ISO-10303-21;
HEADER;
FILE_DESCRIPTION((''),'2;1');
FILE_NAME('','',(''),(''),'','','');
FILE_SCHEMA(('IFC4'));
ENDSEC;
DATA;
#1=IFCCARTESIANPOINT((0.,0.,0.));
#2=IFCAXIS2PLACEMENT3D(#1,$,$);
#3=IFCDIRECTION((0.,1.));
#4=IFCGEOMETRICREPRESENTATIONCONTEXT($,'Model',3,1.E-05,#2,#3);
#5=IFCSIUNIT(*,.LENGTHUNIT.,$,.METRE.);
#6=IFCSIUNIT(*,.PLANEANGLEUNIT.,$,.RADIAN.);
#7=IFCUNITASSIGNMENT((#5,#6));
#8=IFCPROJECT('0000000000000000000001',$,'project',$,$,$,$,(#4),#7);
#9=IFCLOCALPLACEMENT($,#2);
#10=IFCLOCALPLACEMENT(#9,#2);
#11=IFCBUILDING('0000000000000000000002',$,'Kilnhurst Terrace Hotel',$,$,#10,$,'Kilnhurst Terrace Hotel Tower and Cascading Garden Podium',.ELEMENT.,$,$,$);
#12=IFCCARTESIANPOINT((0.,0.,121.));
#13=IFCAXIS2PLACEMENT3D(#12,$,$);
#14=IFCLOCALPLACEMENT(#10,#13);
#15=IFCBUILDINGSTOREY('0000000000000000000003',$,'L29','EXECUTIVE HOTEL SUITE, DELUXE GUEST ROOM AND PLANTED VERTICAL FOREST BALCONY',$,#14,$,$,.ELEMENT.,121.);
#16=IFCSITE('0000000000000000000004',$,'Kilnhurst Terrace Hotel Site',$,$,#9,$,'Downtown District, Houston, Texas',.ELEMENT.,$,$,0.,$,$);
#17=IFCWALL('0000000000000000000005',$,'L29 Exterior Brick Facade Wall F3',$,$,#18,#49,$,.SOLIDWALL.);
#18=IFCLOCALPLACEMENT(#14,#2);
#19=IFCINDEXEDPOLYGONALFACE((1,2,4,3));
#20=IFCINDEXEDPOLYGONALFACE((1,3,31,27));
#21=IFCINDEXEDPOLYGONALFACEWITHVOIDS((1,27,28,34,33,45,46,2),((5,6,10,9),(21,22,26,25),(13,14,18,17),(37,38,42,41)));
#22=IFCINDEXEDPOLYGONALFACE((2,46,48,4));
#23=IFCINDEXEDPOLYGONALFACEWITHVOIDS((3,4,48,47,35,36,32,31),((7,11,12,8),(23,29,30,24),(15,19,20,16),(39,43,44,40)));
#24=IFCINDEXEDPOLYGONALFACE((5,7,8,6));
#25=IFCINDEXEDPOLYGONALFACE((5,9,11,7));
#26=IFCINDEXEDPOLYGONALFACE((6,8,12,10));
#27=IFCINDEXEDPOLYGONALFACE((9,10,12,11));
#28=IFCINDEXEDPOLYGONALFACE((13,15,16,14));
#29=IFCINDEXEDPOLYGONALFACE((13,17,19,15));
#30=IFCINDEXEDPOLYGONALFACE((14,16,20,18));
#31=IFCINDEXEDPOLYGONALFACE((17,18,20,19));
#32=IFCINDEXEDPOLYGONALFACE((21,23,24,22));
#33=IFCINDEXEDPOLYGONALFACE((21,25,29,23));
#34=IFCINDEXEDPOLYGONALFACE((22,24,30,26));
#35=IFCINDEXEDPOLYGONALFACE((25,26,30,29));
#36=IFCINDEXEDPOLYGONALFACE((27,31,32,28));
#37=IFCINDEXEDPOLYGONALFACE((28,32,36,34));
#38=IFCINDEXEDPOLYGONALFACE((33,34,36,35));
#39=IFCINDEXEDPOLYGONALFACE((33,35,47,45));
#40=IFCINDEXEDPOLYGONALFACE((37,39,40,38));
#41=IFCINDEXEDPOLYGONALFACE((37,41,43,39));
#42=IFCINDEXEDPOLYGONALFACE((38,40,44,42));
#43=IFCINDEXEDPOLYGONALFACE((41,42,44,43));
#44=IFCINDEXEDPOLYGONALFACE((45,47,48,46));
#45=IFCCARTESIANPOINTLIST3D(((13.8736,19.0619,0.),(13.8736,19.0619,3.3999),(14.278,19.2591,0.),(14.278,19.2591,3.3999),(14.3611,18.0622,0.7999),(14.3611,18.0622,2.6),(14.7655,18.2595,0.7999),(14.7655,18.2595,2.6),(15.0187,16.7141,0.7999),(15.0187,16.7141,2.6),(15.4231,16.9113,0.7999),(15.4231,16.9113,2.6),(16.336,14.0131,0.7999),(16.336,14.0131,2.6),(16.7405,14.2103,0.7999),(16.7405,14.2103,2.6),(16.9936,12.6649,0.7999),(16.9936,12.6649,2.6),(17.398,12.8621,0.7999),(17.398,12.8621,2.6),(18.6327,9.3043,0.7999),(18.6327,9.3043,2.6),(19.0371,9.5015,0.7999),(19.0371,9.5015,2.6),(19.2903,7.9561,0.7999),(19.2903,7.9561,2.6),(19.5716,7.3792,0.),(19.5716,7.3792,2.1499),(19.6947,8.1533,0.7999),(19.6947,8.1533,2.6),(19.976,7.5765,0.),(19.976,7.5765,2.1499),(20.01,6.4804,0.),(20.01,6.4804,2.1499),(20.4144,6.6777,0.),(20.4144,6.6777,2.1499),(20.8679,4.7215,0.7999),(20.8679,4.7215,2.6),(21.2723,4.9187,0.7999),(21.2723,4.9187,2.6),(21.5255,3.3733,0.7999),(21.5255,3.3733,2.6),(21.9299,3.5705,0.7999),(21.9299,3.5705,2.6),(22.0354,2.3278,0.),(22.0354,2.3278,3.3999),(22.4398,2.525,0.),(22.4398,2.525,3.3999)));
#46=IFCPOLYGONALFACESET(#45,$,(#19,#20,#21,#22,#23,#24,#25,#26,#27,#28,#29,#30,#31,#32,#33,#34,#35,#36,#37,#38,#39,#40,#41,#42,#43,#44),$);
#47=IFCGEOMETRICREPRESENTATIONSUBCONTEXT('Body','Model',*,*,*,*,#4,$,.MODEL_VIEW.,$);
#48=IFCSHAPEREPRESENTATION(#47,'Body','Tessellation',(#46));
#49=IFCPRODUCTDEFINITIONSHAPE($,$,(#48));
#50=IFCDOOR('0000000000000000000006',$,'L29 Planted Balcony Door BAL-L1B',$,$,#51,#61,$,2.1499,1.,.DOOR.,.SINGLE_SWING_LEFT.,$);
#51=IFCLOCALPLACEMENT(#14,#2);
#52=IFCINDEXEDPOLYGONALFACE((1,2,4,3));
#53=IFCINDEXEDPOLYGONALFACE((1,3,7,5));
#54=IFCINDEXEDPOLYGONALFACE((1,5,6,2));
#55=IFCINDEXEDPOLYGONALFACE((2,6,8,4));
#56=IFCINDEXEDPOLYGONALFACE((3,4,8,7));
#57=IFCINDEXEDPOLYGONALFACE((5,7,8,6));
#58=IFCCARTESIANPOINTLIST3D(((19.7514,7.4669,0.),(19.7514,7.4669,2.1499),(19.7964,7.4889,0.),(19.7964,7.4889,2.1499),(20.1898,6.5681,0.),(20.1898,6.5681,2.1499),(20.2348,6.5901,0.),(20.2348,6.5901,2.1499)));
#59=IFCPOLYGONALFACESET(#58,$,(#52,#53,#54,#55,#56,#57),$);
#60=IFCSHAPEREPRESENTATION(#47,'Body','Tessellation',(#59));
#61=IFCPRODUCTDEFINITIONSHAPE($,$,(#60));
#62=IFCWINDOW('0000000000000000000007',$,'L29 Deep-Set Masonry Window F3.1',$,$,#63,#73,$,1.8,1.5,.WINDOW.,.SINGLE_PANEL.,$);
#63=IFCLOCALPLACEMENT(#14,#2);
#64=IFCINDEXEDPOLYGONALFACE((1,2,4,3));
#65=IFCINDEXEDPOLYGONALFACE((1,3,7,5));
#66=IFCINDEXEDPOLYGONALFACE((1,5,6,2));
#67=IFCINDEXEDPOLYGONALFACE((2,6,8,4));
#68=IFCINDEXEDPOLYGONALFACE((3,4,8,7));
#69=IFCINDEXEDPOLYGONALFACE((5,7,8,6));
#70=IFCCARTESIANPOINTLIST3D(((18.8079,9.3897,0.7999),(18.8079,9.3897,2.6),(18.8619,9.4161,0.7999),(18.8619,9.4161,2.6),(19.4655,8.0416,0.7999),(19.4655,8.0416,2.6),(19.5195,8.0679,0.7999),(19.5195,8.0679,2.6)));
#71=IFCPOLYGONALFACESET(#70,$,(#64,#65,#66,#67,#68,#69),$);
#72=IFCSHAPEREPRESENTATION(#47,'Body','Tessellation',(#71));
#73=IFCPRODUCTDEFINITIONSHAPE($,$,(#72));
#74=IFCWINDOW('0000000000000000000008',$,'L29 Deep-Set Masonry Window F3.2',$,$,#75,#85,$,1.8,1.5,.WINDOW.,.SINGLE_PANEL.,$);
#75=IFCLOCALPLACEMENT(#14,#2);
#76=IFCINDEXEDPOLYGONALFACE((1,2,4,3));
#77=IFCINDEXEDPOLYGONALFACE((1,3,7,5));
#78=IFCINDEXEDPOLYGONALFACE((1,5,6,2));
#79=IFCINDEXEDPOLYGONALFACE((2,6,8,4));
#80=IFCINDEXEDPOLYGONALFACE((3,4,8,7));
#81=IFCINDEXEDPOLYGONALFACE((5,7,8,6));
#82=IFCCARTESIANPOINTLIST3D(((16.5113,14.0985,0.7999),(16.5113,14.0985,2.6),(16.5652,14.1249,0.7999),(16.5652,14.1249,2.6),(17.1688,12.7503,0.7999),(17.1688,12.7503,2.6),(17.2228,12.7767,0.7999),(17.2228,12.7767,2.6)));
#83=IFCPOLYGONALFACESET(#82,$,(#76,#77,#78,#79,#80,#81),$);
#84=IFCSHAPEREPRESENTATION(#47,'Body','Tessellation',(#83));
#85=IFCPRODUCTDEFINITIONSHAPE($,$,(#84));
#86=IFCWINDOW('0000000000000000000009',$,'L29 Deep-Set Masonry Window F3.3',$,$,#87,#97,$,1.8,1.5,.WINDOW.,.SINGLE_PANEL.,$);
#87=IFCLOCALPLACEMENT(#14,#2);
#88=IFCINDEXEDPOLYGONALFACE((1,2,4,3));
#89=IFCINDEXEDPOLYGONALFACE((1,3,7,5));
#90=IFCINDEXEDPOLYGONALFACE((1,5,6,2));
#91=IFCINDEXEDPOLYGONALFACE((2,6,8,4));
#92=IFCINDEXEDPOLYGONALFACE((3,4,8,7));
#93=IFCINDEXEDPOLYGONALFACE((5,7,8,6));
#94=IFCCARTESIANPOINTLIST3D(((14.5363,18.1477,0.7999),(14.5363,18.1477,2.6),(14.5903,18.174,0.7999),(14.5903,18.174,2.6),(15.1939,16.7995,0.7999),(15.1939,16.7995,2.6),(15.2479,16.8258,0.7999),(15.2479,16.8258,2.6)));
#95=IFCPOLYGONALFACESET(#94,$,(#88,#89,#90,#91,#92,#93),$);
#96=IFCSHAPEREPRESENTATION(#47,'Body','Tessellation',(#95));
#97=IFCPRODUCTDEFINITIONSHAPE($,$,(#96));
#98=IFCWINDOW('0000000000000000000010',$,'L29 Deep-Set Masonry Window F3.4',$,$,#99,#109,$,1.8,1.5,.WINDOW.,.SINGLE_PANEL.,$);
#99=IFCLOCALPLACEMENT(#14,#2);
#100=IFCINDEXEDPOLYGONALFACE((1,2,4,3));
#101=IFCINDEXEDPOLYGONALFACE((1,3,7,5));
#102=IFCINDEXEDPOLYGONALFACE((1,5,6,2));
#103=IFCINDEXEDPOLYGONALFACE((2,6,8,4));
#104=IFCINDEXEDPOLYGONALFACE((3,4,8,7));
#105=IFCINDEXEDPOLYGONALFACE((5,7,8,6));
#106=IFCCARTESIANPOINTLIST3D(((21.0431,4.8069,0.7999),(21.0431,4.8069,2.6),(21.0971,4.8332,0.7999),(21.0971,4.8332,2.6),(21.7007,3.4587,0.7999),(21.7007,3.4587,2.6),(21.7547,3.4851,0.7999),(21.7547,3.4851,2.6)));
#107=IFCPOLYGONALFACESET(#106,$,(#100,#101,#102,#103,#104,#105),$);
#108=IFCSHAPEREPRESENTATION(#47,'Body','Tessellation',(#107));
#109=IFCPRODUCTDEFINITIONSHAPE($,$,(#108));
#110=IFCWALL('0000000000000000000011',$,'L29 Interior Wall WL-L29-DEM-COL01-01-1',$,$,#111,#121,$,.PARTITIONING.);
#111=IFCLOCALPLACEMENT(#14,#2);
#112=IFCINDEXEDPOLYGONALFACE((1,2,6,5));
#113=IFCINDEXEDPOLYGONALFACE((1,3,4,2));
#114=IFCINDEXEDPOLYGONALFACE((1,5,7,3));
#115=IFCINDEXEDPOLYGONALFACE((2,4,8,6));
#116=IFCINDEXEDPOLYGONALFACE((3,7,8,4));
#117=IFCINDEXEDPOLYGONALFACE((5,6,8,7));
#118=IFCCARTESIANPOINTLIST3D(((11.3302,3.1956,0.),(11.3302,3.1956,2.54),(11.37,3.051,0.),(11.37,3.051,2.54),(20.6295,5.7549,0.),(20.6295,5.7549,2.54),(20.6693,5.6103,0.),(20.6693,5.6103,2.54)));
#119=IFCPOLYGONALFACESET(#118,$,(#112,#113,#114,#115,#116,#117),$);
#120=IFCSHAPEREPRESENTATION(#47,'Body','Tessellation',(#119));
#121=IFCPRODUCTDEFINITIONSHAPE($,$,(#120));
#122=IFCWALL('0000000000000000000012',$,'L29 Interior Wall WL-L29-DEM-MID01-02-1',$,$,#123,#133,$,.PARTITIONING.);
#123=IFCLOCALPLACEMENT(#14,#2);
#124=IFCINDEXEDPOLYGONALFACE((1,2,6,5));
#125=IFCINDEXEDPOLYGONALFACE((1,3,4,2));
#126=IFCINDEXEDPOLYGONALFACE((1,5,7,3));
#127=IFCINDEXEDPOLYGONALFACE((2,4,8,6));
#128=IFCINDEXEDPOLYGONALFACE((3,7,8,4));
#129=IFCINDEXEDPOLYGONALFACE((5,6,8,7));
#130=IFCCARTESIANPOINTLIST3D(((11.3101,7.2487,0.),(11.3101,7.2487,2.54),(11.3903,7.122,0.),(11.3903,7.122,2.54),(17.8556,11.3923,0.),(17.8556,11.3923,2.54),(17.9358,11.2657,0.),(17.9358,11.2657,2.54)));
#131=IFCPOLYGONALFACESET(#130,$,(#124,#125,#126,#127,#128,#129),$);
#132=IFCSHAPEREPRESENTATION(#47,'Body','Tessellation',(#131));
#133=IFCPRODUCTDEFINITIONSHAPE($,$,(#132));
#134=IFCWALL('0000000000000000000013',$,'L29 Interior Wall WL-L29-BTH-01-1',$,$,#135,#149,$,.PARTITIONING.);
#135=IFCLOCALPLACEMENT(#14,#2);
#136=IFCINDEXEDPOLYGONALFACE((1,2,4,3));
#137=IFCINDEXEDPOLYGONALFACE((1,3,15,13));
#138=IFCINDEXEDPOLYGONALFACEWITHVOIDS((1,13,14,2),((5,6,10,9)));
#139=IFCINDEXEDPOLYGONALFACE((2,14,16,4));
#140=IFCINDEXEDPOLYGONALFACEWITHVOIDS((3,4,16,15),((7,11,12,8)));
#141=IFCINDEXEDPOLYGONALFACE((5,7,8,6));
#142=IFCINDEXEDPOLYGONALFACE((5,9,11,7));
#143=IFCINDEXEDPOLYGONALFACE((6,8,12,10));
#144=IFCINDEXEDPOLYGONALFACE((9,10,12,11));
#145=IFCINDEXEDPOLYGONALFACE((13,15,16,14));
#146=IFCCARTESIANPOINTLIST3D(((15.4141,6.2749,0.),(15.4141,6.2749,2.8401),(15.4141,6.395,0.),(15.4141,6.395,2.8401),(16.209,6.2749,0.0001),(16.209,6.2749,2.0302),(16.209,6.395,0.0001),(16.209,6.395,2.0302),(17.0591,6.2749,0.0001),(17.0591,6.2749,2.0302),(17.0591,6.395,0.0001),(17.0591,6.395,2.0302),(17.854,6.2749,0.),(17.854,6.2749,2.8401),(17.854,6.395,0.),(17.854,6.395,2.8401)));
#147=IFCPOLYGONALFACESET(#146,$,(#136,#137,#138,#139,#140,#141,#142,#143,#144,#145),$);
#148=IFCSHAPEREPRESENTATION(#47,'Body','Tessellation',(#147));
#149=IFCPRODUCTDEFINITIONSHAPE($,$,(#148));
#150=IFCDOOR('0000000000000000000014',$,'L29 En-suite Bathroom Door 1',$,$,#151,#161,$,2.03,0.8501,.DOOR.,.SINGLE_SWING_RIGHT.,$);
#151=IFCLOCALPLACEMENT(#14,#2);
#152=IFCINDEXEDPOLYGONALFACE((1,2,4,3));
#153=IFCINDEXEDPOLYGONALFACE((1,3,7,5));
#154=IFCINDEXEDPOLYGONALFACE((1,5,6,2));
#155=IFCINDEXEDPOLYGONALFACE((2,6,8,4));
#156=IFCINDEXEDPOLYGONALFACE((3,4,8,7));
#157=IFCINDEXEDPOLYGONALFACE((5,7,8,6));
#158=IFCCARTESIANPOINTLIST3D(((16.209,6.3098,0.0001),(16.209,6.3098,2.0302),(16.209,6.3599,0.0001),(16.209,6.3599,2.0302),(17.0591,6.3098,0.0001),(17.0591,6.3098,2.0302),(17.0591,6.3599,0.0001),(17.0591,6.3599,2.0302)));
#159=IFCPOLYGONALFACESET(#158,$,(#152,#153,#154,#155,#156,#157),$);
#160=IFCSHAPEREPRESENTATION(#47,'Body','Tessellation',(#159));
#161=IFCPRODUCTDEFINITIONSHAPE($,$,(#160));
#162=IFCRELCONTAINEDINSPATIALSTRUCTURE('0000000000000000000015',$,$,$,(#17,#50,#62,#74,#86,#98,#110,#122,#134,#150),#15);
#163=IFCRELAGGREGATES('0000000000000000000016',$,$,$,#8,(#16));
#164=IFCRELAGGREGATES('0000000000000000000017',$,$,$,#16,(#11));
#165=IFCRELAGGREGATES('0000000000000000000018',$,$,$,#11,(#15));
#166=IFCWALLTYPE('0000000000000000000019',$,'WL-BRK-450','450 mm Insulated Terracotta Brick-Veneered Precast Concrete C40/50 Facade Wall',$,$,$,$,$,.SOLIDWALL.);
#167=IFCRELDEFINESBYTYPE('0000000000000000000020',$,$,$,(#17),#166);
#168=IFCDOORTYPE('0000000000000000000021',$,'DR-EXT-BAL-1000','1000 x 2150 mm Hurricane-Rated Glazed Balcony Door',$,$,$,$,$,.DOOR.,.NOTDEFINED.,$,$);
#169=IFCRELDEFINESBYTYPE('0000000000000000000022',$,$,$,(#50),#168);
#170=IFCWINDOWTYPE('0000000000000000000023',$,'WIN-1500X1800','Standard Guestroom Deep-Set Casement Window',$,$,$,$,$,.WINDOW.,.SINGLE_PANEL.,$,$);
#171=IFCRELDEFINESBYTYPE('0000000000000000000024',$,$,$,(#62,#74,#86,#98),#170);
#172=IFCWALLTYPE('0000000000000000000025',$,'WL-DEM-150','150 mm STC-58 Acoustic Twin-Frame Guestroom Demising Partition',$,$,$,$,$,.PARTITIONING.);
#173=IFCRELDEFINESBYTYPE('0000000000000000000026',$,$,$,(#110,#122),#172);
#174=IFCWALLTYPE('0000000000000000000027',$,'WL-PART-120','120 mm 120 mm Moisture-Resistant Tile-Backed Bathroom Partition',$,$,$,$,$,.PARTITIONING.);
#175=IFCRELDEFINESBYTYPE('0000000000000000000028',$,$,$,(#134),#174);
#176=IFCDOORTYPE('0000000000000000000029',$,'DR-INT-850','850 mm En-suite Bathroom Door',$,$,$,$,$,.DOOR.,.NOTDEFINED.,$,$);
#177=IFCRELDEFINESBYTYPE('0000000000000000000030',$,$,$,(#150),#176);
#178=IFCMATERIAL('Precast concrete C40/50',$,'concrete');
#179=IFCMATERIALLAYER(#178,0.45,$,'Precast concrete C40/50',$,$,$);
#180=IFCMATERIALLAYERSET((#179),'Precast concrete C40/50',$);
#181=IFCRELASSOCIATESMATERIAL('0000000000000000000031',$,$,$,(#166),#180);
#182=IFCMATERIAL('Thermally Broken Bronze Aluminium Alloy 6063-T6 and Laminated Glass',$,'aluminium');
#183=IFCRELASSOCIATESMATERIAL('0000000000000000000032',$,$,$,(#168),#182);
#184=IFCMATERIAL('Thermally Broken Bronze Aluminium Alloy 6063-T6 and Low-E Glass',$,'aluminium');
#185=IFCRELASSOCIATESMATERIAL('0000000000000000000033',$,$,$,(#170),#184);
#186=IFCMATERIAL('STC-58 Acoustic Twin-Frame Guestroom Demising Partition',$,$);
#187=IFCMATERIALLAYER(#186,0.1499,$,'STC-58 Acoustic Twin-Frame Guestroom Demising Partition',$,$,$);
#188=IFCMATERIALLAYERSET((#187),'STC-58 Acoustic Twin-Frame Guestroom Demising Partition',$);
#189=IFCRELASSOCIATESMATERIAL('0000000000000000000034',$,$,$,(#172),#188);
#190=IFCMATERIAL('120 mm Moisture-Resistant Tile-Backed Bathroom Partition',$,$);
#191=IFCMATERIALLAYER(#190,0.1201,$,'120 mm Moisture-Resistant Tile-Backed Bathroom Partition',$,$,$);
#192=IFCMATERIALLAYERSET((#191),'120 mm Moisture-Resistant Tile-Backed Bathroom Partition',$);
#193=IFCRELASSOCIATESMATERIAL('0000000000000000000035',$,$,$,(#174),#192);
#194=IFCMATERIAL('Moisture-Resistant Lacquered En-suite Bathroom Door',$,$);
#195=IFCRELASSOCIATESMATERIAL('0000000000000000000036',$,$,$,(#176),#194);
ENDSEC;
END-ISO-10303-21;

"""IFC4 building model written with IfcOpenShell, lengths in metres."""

from ifc_helpers import new_model, si_unit, direction, frame, frame_2d, origin, place, context, subcontext, project, spatial, rectangle, extrude, material, layer, layer_set, type_object, element, fill, save


model = new_model("IFC4")

# Units and contexts
model_context = context("Model", 3, precision=1e-05, world=origin(), true_north=direction((0.0, 1.0)))
body_context = subcontext(model_context, "Body", "Model", "MODEL_VIEW")
ifc_project = project(units=[si_unit("LENGTHUNIT", "METRE"), si_unit("PLANEANGLEUNIT", "RADIAN")], contexts=[model_context])

# Site, building, storey
site_placement = place(None, origin())
site = spatial("IfcSite", under=ifc_project, at=site_placement, Name="Kilnhurst Terrace Hotel Site", LongName="Downtown District, Houston, Texas", CompositionType="ELEMENT", RefElevation=0.0)
building_placement = place(site_placement, origin())
building = spatial("IfcBuilding", under=site, at=building_placement, Name="Kilnhurst Terrace Hotel", LongName="Kilnhurst Terrace Hotel Tower and Cascading Garden Podium", CompositionType="ELEMENT")
storey_placement = place(building_placement, frame((0.0, 0.0, 121.0)))
storey = spatial("IfcBuildingStorey", under=building, at=storey_placement, Name="L29", Description="EXECUTIVE HOTEL SUITE, DELUXE GUEST ROOM AND PLANTED VERTICAL FOREST BALCONY", CompositionType="ELEMENT", Elevation=121.0)

# Shared definitions
ifc_material_1 = material(Name="Precast concrete C40/50", Category="concrete")
ifc_layer_1 = layer(ifc_material_1, 0.45, Name="Precast concrete C40/50")
ifc_layer_set_1 = layer_set([ifc_layer_1], Name="Precast concrete C40/50")
wall_type_1 = type_object("IfcWallType", Name="WL-BRK-450", Description="450 mm Insulated Terracotta Brick-Veneered Precast Concrete C40/50 Facade Wall", PredefinedType="SOLIDWALL", material=ifc_layer_set_1)

# Wall, openings, door, windows
wall_1_placement = place(storey_placement, frame((22.2375, 2.4265, 0.0), z_axis=(0.0, 0.0, 1.0), x_axis=(-0.438375, 0.898792, 0.0)))
wall_1 = element("IfcWall", 1, at=wall_1_placement, inside=storey, type_object=wall_type_1, Name="L29 Exterior Brick Facade Wall F3", PredefinedType="SOLIDWALL", context=body_context, shape_type="SweptSolid", body=[
    extrude(rectangle(XDim=18.6184, YDim=0.45, at=frame_2d((9.3091, 0.0))), origin(), (0.0, 0.0, 1.0), 3.3999),
])
opening_1_placement = place(wall_1_placement, frame((4.6201, 0.0, 0.0)))
opening_1 = element("IfcOpeningElement", 2, at=opening_1_placement, cuts=wall_1, PredefinedType="OPENING", context=body_context, shape_type="SweptSolid", body=[
    extrude(rectangle(XDim=1.0, YDim=2.1499, at=frame_2d((0.5, 1.075))), frame((0.0, 0.2349, 0.0), z_axis=(0.0, -1.0, 0.0), x_axis=(1.0, 0.0, 0.0)), (0.0, 0.0, 1.0), 0.47),
])
opening_2_placement = place(wall_1_placement, frame((6.262, 0.0, 0.8)))
opening_2 = element("IfcOpeningElement", 3, at=opening_2_placement, cuts=wall_1, PredefinedType="OPENING", context=body_context, shape_type="SweptSolid", body=[
    extrude(rectangle(XDim=1.5, YDim=1.8, at=frame_2d((0.75, 0.8999))), frame((0.0, 0.2349, 0.0), z_axis=(0.0, -1.0, 0.0), x_axis=(1.0, 0.0, 0.0)), (0.0, 0.0, 1.0), 0.47),
])
opening_3_placement = place(wall_1_placement, frame((11.501, 0.0, 0.8)))
opening_3 = element("IfcOpeningElement", 4, at=opening_3_placement, cuts=wall_1, PredefinedType="OPENING", context=body_context, shape_type="SweptSolid", body=[
    extrude(rectangle(XDim=1.5, YDim=1.8, at=frame_2d((0.75, 0.8999))), frame((0.0, 0.2349, 0.0), z_axis=(0.0, -1.0, 0.0), x_axis=(1.0, 0.0, 0.0)), (0.0, 0.0, 1.0), 0.47),
])
opening_4_placement = place(wall_1_placement, frame((16.0061, 0.0, 0.8)))
opening_4 = element("IfcOpeningElement", 5, at=opening_4_placement, cuts=wall_1, PredefinedType="OPENING", context=body_context, shape_type="SweptSolid", body=[
    extrude(rectangle(XDim=1.5, YDim=1.8, at=frame_2d((0.75, 0.8999))), frame((0.0, 0.2349, 0.0), z_axis=(0.0, -1.0, 0.0), x_axis=(1.0, 0.0, 0.0)), (0.0, 0.0, 1.0), 0.47),
])
opening_5_placement = place(wall_1_placement, frame((1.1631, 0.0, 0.8)))
opening_5 = element("IfcOpeningElement", 6, at=opening_5_placement, cuts=wall_1, PredefinedType="OPENING", context=body_context, shape_type="SweptSolid", body=[
    extrude(rectangle(XDim=1.5, YDim=1.8, at=frame_2d((0.75, 0.8999))), frame((0.0, 0.2349, 0.0), z_axis=(0.0, -1.0, 0.0), x_axis=(1.0, 0.0, 0.0)), (0.0, 0.0, 1.0), 0.47),
])
ifc_material_2 = material(Name="Thermally Broken Bronze Aluminium Alloy 6063-T6 and Laminated Glass", Category="aluminium")
door_type_1 = type_object("IfcDoorType", Name="DR-EXT-BAL-1000", Description="1000 x 2150 mm Hurricane-Rated Glazed Balcony Door", OperationType="NOTDEFINED", PredefinedType="DOOR", material=ifc_material_2)
door_1_placement = place(opening_1_placement, origin())
door_1 = element("IfcDoor", 7, at=door_1_placement, inside=storey, type_object=door_type_1, Name="L29 Planted Balcony Door BAL-L1B", OperationType="SINGLE_SWING_LEFT", OverallHeight=2.1499, OverallWidth=1.0, PredefinedType="DOOR", context=body_context, shape_type="SweptSolid", body=[
    extrude(rectangle(XDim=1.0, YDim=2.1499, at=frame_2d((0.5, 1.075))), frame((0.0, 0.0249, 0.0), z_axis=(0.0, -1.0, 0.0), x_axis=(1.0, 0.0, 0.0)), (0.0, 0.0, 1.0), 0.05),
])
fill(opening_1, door_1)
ifc_material_3 = material(Name="Thermally Broken Bronze Aluminium Alloy 6063-T6 and Low-E Glass", Category="aluminium")
window_type = type_object("IfcWindowType", Name="WIN-1500X1800", Description="Standard Guestroom Deep-Set Casement Window", PartitioningType="SINGLE_PANEL", PredefinedType="WINDOW", material=ifc_material_3)
window_1_placement = place(opening_2_placement, origin())
window_1 = element("IfcWindow", 8, at=window_1_placement, inside=storey, type_object=window_type, Name="L29 Deep-Set Masonry Window F3.1", OverallHeight=1.8, OverallWidth=1.5, PartitioningType="SINGLE_PANEL", PredefinedType="WINDOW", context=body_context, shape_type="SweptSolid", body=[
    extrude(rectangle(XDim=1.5, YDim=1.8, at=frame_2d((0.75, 0.8999))), frame((0.0, 0.03, 0.0), z_axis=(0.0, -1.0, 0.0), x_axis=(1.0, 0.0, 0.0)), (0.0, 0.0, 1.0), 0.0601),
])
fill(opening_2, window_1)
window_2_placement = place(opening_3_placement, origin())
window_2 = element("IfcWindow", 9, at=window_2_placement, inside=storey, type_object=window_type, Name="L29 Deep-Set Masonry Window F3.2", OverallHeight=1.8, OverallWidth=1.5, PartitioningType="SINGLE_PANEL", PredefinedType="WINDOW", context=body_context, shape_type="SweptSolid", body=[
    extrude(rectangle(XDim=1.5, YDim=1.8, at=frame_2d((0.75, 0.8999))), frame((0.0, 0.03, 0.0), z_axis=(0.0, -1.0, 0.0), x_axis=(1.0, 0.0, 0.0)), (0.0, 0.0, 1.0), 0.0601),
])
fill(opening_3, window_2)
window_3_placement = place(opening_4_placement, origin())
window_3 = element("IfcWindow", 10, at=window_3_placement, inside=storey, type_object=window_type, Name="L29 Deep-Set Masonry Window F3.3", OverallHeight=1.8, OverallWidth=1.5, PartitioningType="SINGLE_PANEL", PredefinedType="WINDOW", context=body_context, shape_type="SweptSolid", body=[
    extrude(rectangle(XDim=1.5, YDim=1.8, at=frame_2d((0.75, 0.8999))), frame((0.0, 0.03, 0.0), z_axis=(0.0, -1.0, 0.0), x_axis=(1.0, 0.0, 0.0)), (0.0, 0.0, 1.0), 0.0601),
])
fill(opening_4, window_3)
window_4_placement = place(opening_5_placement, origin())
window_4 = element("IfcWindow", 11, at=window_4_placement, inside=storey, type_object=window_type, Name="L29 Deep-Set Masonry Window F3.4", OverallHeight=1.8, OverallWidth=1.5, PartitioningType="SINGLE_PANEL", PredefinedType="WINDOW", context=body_context, shape_type="SweptSolid", body=[
    extrude(rectangle(XDim=1.5, YDim=1.8, at=frame_2d((0.75, 0.8999))), frame((0.0, 0.03, 0.0), z_axis=(0.0, -1.0, 0.0), x_axis=(1.0, 0.0, 0.0)), (0.0, 0.0, 1.0), 0.0601),
])
fill(opening_5, window_4)

# Walls
ifc_material_4 = material(Name="STC-58 Acoustic Twin-Frame Guestroom Demising Partition")
ifc_layer_2 = layer(ifc_material_4, 0.1499, Name="STC-58 Acoustic Twin-Frame Guestroom Demising Partition")
ifc_layer_set_2 = layer_set([ifc_layer_2], Name="STC-58 Acoustic Twin-Frame Guestroom Demising Partition")
wall_type_2 = type_object("IfcWallType", Name="WL-DEM-150", Description="150 mm STC-58 Acoustic Twin-Frame Guestroom Demising Partition", PredefinedType="PARTITIONING", material=ifc_layer_set_2)
wall_2_placement = place(storey_placement, frame((11.3501, 3.1233, 0.0), z_axis=(0.0, 0.0, 1.0), x_axis=(0.964152, 0.265351, 0.0)))
element("IfcWall", 12, at=wall_2_placement, inside=storey, type_object=wall_type_2, Name="L29 Interior Wall WL-L29-DEM-COL01-01-1", PredefinedType="PARTITIONING", context=body_context, shape_type="SweptSolid", body=[
    extrude(rectangle(XDim=9.645, YDim=0.1499, at=frame_2d((4.8225, 0.0))), origin(), (0.0, 0.0, 1.0), 2.54),
])
wall_3_placement = place(storey_placement, frame((11.3501, 7.1853, 0.0), z_axis=(0.0, 0.0, 1.0), x_axis=(0.844928, 0.53488, 0.0)))
element("IfcWall", 13, at=wall_3_placement, inside=storey, type_object=wall_type_2, Name="L29 Interior Wall WL-L29-DEM-MID01-02-1", PredefinedType="PARTITIONING", context=body_context, shape_type="SweptSolid", body=[
    extrude(rectangle(XDim=7.7468, YDim=0.1499, at=frame_2d((3.8735, 0.0))), origin(), (0.0, 0.0, 1.0), 2.54),
])

# Wall, opening, door
ifc_material_5 = material(Name="120 mm Moisture-Resistant Tile-Backed Bathroom Partition")
ifc_layer_3 = layer(ifc_material_5, 0.1201, Name="120 mm Moisture-Resistant Tile-Backed Bathroom Partition")
ifc_layer_set_3 = layer_set([ifc_layer_3], Name="120 mm Moisture-Resistant Tile-Backed Bathroom Partition")
wall_type_3 = type_object("IfcWallType", Name="WL-PART-120", Description="120 mm 120 mm Moisture-Resistant Tile-Backed Bathroom Partition", PredefinedType="PARTITIONING", material=ifc_layer_set_3)
wall_4_placement = place(storey_placement, frame((15.4141, 6.335, 0.0), z_axis=(0.0, 0.0, 1.0), x_axis=(1.0, 0.0, 0.0)))
wall_4 = element("IfcWall", 14, at=wall_4_placement, inside=storey, type_object=wall_type_3, Name="L29 Interior Wall WL-L29-BTH-01-1", PredefinedType="PARTITIONING", context=body_context, shape_type="SweptSolid", body=[
    extrude(rectangle(XDim=2.4399, YDim=0.1201, at=frame_2d((1.22, 0.0))), origin(), (0.0, 0.0, 1.0), 2.8401),
])
opening_6_placement = place(wall_4_placement, frame((0.7949, 0.0, 0.0)))
opening_6 = element("IfcOpeningElement", 15, at=opening_6_placement, cuts=wall_4, PredefinedType="OPENING", context=body_context, shape_type="SweptSolid", body=[
    extrude(rectangle(XDim=0.8501, YDim=2.03, at=frame_2d((0.425, 1.0151))), frame((0.0, 0.0701, 0.0), z_axis=(0.0, -1.0, 0.0), x_axis=(1.0, 0.0, 0.0)), (0.0, 0.0, 1.0), 0.1401),
])
ifc_material_6 = material(Name="Moisture-Resistant Lacquered En-suite Bathroom Door")
door_type_2 = type_object("IfcDoorType", Name="DR-INT-850", Description="850 mm En-suite Bathroom Door", OperationType="NOTDEFINED", PredefinedType="DOOR", material=ifc_material_6)
door_2_placement = place(opening_6_placement, origin())
door_2 = element("IfcDoor", 16, at=door_2_placement, inside=storey, type_object=door_type_2, Name="L29 En-suite Bathroom Door 1", OperationType="SINGLE_SWING_RIGHT", OverallHeight=2.03, OverallWidth=0.8501, PredefinedType="DOOR", context=body_context, shape_type="SweptSolid", body=[
    extrude(rectangle(XDim=0.8501, YDim=2.03, at=frame_2d((0.425, 1.0151))), frame((0.0, 0.0249, 0.0), z_axis=(0.0, -1.0, 0.0), x_axis=(1.0, 0.0, 0.0)), (0.0, 0.0, 1.0), 0.05),
])
fill(opening_6, door_2)

save(model, "model.ifc")
